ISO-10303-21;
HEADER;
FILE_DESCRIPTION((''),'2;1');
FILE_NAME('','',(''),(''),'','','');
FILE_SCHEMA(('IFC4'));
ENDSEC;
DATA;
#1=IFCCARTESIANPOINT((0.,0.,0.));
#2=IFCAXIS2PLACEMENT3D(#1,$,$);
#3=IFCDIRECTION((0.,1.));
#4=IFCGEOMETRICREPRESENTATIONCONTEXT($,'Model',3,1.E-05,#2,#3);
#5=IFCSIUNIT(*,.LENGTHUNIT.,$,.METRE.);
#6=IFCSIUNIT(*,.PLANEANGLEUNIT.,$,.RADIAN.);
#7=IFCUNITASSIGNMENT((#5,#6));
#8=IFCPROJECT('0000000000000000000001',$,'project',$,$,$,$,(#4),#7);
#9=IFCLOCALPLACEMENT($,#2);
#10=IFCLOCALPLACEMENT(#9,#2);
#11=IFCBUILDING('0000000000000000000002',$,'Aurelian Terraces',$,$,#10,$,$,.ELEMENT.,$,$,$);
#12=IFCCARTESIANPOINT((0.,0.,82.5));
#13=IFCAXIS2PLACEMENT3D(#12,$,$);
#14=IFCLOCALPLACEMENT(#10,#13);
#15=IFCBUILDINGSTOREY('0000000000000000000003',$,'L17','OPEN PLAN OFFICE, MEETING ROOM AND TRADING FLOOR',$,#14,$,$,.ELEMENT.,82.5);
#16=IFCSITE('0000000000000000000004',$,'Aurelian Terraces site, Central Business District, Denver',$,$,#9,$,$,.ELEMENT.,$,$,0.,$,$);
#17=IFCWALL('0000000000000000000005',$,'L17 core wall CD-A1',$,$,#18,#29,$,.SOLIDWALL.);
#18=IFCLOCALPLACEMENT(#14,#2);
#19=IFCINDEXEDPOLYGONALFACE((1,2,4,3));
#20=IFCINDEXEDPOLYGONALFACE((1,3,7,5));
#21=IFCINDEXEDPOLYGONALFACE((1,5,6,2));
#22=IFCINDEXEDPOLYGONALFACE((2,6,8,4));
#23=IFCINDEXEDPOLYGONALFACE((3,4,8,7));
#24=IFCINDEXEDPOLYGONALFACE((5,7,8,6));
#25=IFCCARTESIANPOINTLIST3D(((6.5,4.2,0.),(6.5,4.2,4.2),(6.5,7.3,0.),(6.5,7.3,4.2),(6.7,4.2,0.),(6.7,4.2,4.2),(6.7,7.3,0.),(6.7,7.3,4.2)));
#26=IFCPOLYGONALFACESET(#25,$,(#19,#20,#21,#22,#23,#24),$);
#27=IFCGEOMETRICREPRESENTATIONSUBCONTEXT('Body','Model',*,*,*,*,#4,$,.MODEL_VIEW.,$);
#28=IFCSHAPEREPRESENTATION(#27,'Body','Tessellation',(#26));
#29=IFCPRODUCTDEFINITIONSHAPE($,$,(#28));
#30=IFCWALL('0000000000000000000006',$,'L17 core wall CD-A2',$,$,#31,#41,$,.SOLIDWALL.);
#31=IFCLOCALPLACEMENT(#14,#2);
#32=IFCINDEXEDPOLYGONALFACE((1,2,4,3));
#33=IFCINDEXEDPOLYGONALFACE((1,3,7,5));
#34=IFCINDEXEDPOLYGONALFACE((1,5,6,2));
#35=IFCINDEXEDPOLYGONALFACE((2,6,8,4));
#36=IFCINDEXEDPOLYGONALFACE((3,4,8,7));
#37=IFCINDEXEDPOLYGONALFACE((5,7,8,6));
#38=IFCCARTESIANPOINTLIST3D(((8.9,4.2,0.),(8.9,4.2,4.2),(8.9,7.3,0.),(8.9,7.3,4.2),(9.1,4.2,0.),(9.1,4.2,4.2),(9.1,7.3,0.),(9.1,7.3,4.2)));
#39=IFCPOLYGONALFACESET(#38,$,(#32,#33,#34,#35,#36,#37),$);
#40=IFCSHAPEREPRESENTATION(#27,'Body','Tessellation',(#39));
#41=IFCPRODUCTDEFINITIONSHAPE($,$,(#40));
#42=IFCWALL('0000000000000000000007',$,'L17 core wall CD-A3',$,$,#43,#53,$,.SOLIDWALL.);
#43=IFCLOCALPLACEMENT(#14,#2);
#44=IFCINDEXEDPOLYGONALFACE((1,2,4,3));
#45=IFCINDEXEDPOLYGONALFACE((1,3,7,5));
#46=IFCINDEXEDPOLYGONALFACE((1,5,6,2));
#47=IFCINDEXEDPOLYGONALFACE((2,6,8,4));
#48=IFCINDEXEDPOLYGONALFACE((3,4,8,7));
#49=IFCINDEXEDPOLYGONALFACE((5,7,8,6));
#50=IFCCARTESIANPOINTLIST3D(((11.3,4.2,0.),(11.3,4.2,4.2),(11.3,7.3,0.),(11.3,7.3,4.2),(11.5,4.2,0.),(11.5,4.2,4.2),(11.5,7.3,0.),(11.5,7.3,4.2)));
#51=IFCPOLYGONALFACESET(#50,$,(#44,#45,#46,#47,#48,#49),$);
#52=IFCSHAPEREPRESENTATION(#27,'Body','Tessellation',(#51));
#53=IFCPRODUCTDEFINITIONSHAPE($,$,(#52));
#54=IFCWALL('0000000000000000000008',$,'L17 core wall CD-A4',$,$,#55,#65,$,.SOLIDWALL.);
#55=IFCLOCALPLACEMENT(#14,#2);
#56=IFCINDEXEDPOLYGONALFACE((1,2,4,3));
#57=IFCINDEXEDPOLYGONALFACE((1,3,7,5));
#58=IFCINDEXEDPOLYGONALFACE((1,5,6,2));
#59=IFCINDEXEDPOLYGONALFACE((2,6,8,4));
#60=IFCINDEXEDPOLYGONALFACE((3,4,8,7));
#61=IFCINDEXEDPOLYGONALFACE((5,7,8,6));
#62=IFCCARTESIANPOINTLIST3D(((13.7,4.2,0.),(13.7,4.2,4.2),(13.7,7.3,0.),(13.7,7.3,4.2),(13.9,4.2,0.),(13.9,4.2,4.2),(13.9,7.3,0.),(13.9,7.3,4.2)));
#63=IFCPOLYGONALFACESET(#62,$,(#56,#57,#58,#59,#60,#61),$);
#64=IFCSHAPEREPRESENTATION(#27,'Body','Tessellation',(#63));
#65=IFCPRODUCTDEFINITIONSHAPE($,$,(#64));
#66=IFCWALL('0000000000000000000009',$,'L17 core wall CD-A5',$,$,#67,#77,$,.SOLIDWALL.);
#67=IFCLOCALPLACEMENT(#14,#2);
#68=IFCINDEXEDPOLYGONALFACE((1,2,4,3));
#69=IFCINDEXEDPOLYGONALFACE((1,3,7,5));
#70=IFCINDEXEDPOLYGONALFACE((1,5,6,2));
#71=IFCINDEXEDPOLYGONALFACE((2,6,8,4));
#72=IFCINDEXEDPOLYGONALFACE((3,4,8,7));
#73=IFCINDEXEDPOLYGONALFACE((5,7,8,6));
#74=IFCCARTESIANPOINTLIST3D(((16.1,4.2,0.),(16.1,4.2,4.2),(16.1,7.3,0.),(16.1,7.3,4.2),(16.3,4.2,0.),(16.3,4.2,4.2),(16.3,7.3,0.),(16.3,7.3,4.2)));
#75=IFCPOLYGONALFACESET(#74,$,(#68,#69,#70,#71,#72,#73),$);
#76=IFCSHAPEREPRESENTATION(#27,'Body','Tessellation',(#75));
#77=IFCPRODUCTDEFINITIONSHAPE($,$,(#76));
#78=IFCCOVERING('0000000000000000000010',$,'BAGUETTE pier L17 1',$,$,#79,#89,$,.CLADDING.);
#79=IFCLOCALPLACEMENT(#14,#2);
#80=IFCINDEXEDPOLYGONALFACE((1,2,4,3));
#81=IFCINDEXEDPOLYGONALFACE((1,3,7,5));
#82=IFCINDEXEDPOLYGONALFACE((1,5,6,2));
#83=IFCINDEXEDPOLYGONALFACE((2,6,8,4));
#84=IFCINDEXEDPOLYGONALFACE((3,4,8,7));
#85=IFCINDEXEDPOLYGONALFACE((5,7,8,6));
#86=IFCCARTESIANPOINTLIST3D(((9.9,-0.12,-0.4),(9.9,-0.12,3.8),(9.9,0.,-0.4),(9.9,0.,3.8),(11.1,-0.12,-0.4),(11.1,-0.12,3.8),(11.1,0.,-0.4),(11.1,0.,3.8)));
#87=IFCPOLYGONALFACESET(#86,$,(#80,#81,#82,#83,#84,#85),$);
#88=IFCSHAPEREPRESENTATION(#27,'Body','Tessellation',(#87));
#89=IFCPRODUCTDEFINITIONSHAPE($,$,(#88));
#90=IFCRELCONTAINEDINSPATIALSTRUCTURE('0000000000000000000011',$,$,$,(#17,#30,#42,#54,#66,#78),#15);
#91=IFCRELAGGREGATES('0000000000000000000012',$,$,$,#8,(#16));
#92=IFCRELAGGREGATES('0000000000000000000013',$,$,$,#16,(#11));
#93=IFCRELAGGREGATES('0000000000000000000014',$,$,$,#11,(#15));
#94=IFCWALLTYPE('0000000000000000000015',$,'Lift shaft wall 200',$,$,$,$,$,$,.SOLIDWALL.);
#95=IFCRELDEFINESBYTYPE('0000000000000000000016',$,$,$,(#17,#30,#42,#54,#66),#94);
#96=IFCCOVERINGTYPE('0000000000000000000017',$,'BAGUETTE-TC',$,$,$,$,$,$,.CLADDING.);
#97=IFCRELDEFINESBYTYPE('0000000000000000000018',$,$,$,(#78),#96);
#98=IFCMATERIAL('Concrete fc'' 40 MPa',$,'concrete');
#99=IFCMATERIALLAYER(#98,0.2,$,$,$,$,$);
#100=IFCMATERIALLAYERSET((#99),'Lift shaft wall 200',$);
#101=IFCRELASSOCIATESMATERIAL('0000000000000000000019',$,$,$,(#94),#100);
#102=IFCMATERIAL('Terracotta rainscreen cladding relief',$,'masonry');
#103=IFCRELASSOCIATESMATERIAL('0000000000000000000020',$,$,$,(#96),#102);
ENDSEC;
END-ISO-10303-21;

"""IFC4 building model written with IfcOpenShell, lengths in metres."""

from ifc_helpers import new_model, si_unit, direction, frame, frame_2d, origin, origin_2d, place, context, subcontext, project, spatial, rectangle, extrude, source, transform, mapped, material, layer, layer_set, type_object, element, save


model = new_model("IFC4")

# Units and contexts
model_context = context("Model", 3, precision=1e-05, world=origin(), true_north=direction((0.0, 1.0)))
body_context = subcontext(model_context, "Body", "Model", "MODEL_VIEW")
ifc_project = project(units=[si_unit("LENGTHUNIT", "METRE"), si_unit("PLANEANGLEUNIT", "RADIAN")], contexts=[model_context])

# Site, building, storey
site_placement = place(None, origin())
site = spatial("IfcSite", under=ifc_project, at=site_placement, Name="Aurelian Terraces site, Central Business District, Denver", CompositionType="ELEMENT", RefElevation=0.0)
building_placement = place(site_placement, origin())
building = spatial("IfcBuilding", under=site, at=building_placement, Name="Aurelian Terraces", CompositionType="ELEMENT")
storey_placement = place(building_placement, frame((0.0, 0.0, 82.5)))
storey = spatial("IfcBuildingStorey", under=building, at=storey_placement, Name="L17", Description="OPEN PLAN OFFICE, MEETING ROOM AND TRADING FLOOR", CompositionType="ELEMENT", Elevation=82.5)

# Shared definitions
ifc_material_1 = material(Name="Concrete fc' 40 MPa", Category="concrete")

# Walls
ifc_layer_1 = layer(ifc_material_1, 0.2)
ifc_layer_set_1 = layer_set([ifc_layer_1], Name="Lift shaft wall 200")
wall_type_1 = type_object("IfcWallType", Name="Lift shaft wall 200", PredefinedType="SOLIDWALL", material=ifc_layer_set_1)
shared_shape_1 = source(origin(), body_context, "Body", "SweptSolid", [
    extrude(rectangle(XDim=3.1, YDim=0.2, at=frame_2d((1.55, 0.0))), origin(), (0.0, 0.0, 1.0), 4.2),
])
for number, where, z_axis, x_axis, name in (
    (1, (6.6, 4.2, 0.0), (0.0, 0.0, 1.0), (0.0, 1.0, 0.0), "L17 core wall CD-A1"),
    (2, (9.0, 4.2, 0.0), (0.0, 0.0, 1.0), (0.0, 1.0, 0.0), "L17 core wall CD-A2"),
    (3, (11.4, 4.2, 0.0), (0.0, 0.0, 1.0), (0.0, 1.0, 0.0), "L17 core wall CD-A3"),
    (4, (13.8, 4.2, 0.0), (0.0, 0.0, 1.0), (0.0, 1.0, 0.0), "L17 core wall CD-A4"),
    (5, (16.2, 4.2, 0.0), (0.0, 0.0, 1.0), (0.0, 1.0, 0.0), "L17 core wall CD-A5"),
):
    element("IfcWall", number, at=place(storey_placement, frame(where, z_axis=z_axis, x_axis=x_axis)), inside=storey, type_object=wall_type_1, Name=name, PredefinedType="SOLIDWALL", context=body_context, shape_type="MappedRepresentation", body=[
        mapped(shared_shape_1, transform((0.0, 0.0, 0.0), scale=1.0)),
    ])

# Covering
ifc_material_2 = material(Name="Terracotta rainscreen cladding relief", Category="masonry")
covering_type = type_object("IfcCoveringType", Name="BAGUETTE-TC", PredefinedType="CLADDING", material=ifc_material_2)
shared_shape_2 = source(origin(), body_context, "Body", "SweptSolid", [
    extrude(rectangle(XDim=1.2, YDim=0.12, at=origin_2d()), origin(), (0.0, 0.0, 1.0), 4.2),
])
covering_placement = place(storey_placement, frame((10.5, -0.06, -0.4), z_axis=(0.0, 0.0, 1.0), x_axis=(1.0, 0.0, 0.0)))
element("IfcCovering", 6, at=covering_placement, inside=storey, type_object=covering_type, Name="BAGUETTE pier L17 1", PredefinedType="CLADDING", context=body_context, shape_type="MappedRepresentation", body=[
    mapped(shared_shape_2, transform((0.0, 0.0, 0.0), scale=1.0)),
])

save(model, "model.ifc")
